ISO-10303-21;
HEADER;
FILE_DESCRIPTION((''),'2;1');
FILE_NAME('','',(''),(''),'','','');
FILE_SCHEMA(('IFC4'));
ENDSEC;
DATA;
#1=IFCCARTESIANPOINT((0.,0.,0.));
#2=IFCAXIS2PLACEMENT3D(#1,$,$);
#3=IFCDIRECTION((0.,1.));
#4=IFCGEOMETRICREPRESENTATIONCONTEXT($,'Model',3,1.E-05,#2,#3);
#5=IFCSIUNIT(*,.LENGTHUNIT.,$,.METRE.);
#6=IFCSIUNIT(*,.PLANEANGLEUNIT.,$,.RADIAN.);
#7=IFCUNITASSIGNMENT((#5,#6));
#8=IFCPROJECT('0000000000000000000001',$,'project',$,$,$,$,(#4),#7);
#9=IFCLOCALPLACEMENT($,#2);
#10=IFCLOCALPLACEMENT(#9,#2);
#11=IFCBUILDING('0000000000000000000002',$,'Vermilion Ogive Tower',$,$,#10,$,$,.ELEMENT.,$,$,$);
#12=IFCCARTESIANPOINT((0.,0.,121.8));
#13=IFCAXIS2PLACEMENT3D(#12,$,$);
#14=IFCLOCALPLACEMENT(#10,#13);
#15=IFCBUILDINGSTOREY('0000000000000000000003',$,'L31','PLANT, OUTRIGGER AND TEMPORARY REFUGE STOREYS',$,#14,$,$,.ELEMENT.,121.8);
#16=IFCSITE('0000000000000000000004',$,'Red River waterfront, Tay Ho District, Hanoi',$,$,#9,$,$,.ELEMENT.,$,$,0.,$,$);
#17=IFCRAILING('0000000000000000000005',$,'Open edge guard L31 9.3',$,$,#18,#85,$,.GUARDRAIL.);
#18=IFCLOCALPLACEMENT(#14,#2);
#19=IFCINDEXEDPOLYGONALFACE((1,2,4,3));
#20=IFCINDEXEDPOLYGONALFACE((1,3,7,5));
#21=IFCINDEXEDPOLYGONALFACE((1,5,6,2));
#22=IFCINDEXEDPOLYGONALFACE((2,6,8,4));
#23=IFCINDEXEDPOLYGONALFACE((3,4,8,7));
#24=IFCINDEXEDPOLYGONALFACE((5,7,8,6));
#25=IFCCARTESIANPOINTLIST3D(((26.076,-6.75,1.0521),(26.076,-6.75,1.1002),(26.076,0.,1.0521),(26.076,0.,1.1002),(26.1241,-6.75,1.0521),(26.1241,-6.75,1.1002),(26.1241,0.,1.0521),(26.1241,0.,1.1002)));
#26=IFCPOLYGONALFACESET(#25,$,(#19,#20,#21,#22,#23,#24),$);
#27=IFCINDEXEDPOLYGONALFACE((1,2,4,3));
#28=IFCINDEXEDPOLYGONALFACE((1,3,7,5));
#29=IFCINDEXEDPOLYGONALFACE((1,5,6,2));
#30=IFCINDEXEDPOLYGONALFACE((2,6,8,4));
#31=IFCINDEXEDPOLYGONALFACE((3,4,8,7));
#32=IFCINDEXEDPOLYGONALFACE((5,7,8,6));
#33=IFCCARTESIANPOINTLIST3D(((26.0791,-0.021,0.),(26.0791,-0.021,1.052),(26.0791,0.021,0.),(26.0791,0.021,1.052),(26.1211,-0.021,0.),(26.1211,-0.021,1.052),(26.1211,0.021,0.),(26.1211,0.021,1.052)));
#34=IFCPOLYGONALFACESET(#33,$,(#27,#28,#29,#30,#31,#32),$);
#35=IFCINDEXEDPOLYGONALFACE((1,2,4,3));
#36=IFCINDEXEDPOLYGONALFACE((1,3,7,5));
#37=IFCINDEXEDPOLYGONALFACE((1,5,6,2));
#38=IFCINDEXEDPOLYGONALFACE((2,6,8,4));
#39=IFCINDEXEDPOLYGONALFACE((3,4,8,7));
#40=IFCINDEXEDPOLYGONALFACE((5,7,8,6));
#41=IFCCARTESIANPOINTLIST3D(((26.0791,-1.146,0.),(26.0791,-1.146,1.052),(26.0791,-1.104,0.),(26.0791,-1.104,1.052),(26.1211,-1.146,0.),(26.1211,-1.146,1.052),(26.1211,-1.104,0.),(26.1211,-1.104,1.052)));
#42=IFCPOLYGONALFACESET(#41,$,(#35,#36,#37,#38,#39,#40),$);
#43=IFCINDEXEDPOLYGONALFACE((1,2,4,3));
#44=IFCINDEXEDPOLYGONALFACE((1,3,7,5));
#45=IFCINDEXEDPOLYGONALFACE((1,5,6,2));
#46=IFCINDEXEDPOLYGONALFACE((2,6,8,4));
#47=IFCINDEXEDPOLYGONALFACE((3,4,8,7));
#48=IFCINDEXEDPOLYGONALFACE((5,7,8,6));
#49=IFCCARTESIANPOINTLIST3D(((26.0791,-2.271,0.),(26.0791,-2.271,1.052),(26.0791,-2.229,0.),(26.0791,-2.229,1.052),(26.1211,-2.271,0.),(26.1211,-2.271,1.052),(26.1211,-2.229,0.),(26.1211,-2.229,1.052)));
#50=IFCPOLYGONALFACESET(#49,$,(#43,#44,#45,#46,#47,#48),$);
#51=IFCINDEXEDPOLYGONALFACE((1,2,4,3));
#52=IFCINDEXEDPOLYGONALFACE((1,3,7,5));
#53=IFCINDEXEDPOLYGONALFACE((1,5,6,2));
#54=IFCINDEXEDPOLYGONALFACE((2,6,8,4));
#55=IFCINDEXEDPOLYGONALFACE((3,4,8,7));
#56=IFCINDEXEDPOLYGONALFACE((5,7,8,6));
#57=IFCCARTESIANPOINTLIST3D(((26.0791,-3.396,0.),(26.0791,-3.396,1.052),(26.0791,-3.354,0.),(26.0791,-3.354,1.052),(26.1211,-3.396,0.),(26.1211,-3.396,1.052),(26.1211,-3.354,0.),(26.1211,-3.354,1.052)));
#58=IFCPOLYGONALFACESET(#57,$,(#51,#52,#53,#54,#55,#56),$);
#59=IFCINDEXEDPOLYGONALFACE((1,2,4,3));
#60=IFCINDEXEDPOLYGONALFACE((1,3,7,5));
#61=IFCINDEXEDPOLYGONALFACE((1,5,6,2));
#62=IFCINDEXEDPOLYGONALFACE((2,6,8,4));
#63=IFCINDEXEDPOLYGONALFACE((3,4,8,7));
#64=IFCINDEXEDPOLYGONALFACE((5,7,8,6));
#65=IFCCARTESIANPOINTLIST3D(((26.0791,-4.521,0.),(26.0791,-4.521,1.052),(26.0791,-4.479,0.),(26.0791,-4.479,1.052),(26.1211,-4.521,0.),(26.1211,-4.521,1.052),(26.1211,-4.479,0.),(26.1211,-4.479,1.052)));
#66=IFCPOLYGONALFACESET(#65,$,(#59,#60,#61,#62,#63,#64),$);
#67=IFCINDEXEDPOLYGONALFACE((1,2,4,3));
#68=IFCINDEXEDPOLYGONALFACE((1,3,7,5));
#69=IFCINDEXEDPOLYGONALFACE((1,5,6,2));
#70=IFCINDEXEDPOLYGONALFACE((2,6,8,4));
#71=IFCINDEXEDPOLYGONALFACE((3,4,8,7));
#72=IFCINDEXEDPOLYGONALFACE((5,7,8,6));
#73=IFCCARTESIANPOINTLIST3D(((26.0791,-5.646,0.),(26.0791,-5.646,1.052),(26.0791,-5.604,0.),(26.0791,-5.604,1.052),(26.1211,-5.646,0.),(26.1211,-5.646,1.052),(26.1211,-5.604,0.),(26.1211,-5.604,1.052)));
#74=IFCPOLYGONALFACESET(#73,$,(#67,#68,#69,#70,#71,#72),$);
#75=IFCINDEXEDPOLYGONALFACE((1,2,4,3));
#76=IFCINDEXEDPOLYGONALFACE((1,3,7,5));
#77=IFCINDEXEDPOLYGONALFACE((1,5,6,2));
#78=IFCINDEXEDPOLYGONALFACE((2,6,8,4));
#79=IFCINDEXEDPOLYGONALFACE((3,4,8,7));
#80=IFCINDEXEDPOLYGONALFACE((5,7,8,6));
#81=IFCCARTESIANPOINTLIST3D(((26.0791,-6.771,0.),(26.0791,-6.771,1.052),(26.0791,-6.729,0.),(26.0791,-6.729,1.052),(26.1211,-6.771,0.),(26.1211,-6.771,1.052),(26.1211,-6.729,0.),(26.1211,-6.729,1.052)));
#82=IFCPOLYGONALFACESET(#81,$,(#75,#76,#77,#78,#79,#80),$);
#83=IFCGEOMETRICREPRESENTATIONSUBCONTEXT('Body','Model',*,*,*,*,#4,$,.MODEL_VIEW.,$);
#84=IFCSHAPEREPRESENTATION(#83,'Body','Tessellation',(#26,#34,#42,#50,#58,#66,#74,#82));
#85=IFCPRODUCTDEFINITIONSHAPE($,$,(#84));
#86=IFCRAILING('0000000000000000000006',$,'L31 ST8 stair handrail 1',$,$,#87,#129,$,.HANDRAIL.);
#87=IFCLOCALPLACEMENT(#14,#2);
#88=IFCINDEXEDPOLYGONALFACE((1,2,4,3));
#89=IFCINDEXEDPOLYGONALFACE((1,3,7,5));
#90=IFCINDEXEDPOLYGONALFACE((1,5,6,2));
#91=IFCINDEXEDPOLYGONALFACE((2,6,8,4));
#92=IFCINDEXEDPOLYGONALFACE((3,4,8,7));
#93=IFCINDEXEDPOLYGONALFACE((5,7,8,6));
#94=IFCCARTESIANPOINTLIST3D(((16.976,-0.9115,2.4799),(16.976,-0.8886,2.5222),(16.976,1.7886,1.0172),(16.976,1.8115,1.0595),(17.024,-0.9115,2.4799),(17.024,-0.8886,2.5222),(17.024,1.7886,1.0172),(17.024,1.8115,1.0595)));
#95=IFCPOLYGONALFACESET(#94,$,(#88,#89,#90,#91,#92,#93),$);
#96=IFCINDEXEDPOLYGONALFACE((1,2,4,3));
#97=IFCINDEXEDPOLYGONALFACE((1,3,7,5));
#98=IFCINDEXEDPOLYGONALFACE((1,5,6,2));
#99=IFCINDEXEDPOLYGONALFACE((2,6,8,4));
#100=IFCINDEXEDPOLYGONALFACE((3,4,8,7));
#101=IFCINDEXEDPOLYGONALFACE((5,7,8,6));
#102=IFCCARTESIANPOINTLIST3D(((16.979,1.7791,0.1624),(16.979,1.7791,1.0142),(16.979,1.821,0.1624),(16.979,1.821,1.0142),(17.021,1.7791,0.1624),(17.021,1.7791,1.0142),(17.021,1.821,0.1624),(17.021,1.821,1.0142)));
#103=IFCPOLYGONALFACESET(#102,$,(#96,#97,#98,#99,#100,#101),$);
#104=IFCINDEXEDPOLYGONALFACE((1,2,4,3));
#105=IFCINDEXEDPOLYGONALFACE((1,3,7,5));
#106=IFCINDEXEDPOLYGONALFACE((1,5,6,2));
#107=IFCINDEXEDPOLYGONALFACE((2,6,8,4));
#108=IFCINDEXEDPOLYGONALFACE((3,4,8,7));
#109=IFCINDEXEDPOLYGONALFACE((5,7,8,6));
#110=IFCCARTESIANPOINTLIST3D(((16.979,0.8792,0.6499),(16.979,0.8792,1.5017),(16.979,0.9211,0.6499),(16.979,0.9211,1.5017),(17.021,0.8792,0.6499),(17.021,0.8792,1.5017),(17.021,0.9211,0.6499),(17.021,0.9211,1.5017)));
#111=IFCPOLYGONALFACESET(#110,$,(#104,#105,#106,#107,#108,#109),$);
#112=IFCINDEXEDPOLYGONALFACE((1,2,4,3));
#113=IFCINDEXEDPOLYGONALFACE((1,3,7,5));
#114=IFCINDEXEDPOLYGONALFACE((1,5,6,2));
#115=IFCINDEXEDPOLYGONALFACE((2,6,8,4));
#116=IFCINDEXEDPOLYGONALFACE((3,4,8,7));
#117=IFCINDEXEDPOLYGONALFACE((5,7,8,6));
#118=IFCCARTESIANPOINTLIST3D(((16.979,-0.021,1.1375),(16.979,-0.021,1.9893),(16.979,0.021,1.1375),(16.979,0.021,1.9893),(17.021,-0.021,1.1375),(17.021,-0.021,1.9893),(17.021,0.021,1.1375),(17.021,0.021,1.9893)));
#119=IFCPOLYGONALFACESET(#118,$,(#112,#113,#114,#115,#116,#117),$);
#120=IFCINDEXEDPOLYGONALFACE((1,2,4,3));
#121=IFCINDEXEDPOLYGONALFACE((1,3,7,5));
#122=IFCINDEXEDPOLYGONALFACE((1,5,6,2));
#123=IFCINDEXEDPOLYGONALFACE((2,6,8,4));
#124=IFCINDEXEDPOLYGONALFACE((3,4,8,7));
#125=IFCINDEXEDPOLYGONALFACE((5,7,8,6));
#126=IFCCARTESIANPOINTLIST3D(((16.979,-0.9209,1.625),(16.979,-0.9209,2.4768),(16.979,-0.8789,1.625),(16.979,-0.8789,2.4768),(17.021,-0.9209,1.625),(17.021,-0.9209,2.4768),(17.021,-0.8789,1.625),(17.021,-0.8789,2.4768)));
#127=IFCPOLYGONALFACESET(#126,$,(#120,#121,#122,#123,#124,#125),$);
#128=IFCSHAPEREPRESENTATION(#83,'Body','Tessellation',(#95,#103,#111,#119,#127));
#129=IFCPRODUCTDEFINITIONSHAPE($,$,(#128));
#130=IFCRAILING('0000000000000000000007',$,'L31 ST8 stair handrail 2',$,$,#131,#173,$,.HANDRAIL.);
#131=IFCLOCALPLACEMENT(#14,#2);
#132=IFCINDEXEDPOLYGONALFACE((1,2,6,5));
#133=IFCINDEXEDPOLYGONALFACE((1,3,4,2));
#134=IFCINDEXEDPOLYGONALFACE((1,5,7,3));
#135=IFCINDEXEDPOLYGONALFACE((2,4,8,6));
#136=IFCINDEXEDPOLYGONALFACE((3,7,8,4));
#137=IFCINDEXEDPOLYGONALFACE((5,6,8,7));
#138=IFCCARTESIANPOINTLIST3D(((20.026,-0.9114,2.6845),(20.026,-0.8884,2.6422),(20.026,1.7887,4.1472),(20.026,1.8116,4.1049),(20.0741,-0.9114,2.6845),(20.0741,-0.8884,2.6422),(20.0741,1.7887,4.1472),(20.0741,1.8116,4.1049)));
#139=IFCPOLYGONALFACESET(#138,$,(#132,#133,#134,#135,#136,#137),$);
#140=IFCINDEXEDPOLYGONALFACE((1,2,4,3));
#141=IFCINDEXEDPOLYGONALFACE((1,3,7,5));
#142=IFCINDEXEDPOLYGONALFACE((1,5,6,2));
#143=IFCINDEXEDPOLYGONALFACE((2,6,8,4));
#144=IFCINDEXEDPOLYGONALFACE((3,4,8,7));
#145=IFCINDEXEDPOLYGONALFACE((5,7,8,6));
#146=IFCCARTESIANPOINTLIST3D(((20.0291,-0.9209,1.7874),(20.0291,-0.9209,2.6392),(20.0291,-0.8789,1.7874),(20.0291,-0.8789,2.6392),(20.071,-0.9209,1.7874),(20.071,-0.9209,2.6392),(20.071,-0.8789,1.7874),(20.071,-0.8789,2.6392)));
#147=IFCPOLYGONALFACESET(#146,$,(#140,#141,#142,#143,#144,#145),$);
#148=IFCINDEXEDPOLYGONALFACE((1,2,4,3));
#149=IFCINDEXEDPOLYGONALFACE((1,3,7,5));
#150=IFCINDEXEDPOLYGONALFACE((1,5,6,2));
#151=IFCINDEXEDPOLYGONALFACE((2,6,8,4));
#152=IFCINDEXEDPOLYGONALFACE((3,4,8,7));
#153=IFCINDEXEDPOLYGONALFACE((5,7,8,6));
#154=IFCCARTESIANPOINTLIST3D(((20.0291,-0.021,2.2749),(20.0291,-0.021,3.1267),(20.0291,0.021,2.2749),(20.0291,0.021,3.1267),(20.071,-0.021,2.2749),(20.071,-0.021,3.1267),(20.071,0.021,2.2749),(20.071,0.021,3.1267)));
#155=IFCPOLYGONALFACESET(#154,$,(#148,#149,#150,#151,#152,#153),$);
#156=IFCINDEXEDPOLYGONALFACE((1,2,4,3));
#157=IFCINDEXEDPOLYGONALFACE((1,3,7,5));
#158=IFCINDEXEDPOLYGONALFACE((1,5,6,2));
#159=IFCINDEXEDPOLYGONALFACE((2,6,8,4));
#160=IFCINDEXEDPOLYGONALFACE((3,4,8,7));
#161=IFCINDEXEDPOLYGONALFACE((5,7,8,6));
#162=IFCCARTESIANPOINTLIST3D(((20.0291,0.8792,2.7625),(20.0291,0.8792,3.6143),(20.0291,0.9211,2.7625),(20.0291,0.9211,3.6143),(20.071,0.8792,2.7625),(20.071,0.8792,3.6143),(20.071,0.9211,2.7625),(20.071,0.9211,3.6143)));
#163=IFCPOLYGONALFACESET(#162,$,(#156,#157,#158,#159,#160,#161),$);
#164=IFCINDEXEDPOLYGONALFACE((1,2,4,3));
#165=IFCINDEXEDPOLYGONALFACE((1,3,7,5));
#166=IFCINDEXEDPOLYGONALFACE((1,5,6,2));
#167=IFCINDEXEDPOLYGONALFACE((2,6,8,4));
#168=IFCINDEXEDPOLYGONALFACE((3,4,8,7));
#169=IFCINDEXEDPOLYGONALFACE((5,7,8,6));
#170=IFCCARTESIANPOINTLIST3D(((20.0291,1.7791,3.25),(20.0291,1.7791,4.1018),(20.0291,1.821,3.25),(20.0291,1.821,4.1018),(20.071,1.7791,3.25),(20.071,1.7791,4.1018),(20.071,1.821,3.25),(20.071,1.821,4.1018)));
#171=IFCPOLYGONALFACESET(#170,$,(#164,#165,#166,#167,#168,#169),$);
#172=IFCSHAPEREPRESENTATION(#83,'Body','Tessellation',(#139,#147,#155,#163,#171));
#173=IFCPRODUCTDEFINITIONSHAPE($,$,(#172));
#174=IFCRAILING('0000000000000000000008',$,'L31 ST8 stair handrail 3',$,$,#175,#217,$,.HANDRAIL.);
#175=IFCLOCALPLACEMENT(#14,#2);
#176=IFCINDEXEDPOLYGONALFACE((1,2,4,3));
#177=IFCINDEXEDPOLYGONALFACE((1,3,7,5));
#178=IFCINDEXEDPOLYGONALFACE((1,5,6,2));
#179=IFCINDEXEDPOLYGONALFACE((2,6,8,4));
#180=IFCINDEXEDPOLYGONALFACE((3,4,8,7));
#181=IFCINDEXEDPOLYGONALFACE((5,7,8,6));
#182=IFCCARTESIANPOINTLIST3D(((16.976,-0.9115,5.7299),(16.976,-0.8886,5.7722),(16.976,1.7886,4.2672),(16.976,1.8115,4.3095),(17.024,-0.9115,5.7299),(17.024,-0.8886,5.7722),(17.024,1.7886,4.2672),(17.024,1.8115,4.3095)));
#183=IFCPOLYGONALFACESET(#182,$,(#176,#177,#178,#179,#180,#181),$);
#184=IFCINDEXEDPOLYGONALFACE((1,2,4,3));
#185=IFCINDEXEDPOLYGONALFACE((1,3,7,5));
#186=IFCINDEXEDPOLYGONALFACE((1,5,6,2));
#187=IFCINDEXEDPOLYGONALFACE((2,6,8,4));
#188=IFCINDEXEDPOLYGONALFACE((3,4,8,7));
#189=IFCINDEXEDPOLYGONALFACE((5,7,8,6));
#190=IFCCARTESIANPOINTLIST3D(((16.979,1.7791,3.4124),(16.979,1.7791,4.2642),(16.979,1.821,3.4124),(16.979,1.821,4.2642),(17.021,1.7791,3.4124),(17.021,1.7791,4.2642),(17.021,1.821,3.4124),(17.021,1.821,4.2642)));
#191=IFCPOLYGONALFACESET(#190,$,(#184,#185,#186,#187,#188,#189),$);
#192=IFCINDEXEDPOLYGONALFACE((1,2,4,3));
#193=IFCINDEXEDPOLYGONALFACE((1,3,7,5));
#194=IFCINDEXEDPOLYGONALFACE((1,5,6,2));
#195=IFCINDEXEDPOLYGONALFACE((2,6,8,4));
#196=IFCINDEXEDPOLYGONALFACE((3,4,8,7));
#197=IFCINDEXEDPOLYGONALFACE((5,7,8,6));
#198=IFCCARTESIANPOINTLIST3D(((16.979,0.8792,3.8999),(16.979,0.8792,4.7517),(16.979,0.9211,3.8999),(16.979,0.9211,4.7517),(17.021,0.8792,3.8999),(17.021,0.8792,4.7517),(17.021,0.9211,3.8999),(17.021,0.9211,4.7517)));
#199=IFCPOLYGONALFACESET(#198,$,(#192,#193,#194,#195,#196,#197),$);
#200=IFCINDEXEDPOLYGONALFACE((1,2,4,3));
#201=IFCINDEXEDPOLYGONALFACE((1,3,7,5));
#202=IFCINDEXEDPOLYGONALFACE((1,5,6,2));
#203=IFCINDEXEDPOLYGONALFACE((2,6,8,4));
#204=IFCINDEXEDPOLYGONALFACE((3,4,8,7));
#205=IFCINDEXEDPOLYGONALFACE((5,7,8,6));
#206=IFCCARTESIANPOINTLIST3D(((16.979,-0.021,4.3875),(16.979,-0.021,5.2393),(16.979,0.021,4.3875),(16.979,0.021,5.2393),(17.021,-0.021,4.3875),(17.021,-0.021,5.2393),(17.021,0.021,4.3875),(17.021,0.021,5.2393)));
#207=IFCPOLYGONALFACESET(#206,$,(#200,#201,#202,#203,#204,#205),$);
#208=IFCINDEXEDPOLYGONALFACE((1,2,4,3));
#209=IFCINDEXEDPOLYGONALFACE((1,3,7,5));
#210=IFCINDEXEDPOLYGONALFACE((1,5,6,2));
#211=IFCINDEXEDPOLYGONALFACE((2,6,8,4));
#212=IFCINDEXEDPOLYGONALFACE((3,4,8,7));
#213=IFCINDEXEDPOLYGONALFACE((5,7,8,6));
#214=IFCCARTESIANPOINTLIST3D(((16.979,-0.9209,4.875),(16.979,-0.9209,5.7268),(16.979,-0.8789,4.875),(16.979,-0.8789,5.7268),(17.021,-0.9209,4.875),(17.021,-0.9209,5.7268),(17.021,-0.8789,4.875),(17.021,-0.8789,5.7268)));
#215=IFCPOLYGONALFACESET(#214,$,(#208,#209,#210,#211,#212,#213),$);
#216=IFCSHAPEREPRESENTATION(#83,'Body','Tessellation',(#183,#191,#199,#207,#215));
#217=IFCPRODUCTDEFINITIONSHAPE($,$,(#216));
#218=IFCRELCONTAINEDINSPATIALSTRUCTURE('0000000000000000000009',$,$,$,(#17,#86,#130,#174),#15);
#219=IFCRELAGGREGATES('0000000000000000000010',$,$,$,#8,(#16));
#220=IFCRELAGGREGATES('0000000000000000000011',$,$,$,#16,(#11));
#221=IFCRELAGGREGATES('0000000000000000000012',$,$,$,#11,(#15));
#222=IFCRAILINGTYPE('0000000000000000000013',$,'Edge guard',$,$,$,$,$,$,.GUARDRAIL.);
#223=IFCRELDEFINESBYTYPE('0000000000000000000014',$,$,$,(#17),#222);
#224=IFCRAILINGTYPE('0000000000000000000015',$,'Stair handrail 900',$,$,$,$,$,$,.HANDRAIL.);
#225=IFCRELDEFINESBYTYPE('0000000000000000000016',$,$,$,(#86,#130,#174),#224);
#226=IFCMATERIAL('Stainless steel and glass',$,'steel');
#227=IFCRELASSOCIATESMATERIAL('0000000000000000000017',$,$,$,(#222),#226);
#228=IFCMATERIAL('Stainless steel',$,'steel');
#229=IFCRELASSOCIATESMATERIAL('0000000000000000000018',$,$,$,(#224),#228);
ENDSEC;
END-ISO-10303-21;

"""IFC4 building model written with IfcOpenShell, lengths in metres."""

from ifc_helpers import new_model, si_unit, direction, frame, origin, origin_2d, place, context, subcontext, project, spatial, rectangle, extrude, material, type_object, element, save


model = new_model("IFC4")

# Units and contexts
model_context = context("Model", 3, precision=1e-05, world=origin(), true_north=direction((0.0, 1.0)))
body_context = subcontext(model_context, "Body", "Model", "MODEL_VIEW")
ifc_project = project(units=[si_unit("LENGTHUNIT", "METRE"), si_unit("PLANEANGLEUNIT", "RADIAN")], contexts=[model_context])

# Site, building, storey
site_placement = place(None, origin())
site = spatial("IfcSite", under=ifc_project, at=site_placement, Name="Red River waterfront, Tay Ho District, Hanoi", CompositionType="ELEMENT", RefElevation=0.0)
building_placement = place(site_placement, origin())
building = spatial("IfcBuilding", under=site, at=building_placement, Name="Vermilion Ogive Tower", CompositionType="ELEMENT")
storey_placement = place(building_placement, frame((0.0, 0.0, 121.8)))
storey = spatial("IfcBuildingStorey", under=building, at=storey_placement, Name="L31", Description="PLANT, OUTRIGGER AND TEMPORARY REFUGE STOREYS", CompositionType="ELEMENT", Elevation=121.8)

# Railings
ifc_material_1 = material(Name="Stainless steel and glass", Category="steel")
railing_type_1 = type_object("IfcRailingType", Name="Edge guard", PredefinedType="GUARDRAIL", material=ifc_material_1)
railing_1_placement = place(storey_placement, frame((26.1001, 0.0, 0.0)))
element("IfcRailing", 1, at=railing_1_placement, inside=storey, type_object=railing_type_1, Name="Open edge guard L31 9.3", PredefinedType="GUARDRAIL", context=body_context, shape_type="SweptSolid", body=[
    extrude(rectangle(XDim=0.0481, YDim=0.0481, at=origin_2d()), frame((0.0, 0.0, 1.0762), z_axis=(0.0, -1.0, 0.0), x_axis=(1.0, 0.0, 0.0)), (0.0, 0.0, 1.0), 6.75),
    extrude(rectangle(XDim=0.042, YDim=0.042, at=origin_2d()), origin(), (0.0, 0.0, 1.0), 1.052),
    extrude(rectangle(XDim=0.042, YDim=0.042, at=origin_2d()), frame((0.0, -1.125, 0.0)), (0.0, 0.0, 1.0), 1.052),
    extrude(rectangle(XDim=0.042, YDim=0.042, at=origin_2d()), frame((0.0, -2.25, 0.0)), (0.0, 0.0, 1.0), 1.052),
    extrude(rectangle(XDim=0.042, YDim=0.042, at=origin_2d()), frame((0.0, -3.375, 0.0)), (0.0, 0.0, 1.0), 1.052),
    extrude(rectangle(XDim=0.042, YDim=0.042, at=origin_2d()), frame((0.0, -4.5, 0.0)), (0.0, 0.0, 1.0), 1.052),
    extrude(rectangle(XDim=0.042, YDim=0.042, at=origin_2d()), frame((0.0, -5.625, 0.0)), (0.0, 0.0, 1.0), 1.052),
    extrude(rectangle(XDim=0.042, YDim=0.042, at=origin_2d()), frame((0.0, -6.75, 0.0)), (0.0, 0.0, 1.0), 1.052),
])
ifc_material_2 = material(Name="Stainless steel", Category="steel")
railing_type_2 = type_object("IfcRailingType", Name="Stair handrail 900", PredefinedType="HANDRAIL", material=ifc_material_2)
railing_2_placement = place(storey_placement, frame((17.0, 1.8, 0.1624)))
element("IfcRailing", 2, at=railing_2_placement, inside=storey, type_object=railing_type_2, Name="L31 ST8 stair handrail 1", PredefinedType="HANDRAIL", context=body_context, shape_type="SweptSolid", body=[
    extrude(rectangle(XDim=0.0481, YDim=0.0481, at=origin_2d()), frame((0.0, 0.0, 0.876), z_axis=(0.0, -0.879268, 0.476327), x_axis=(1.0, 0.0, 0.0)), (0.0, 0.0, 1.0), 3.0708),
    extrude(rectangle(XDim=0.042, YDim=0.042, at=origin_2d()), origin(), (0.0, 0.0, 1.0), 0.8518),
    extrude(rectangle(XDim=0.042, YDim=0.042, at=origin_2d()), frame((0.0, -0.8999, 0.4875)), (0.0, 0.0, 1.0), 0.8518),
    extrude(rectangle(XDim=0.042, YDim=0.042, at=origin_2d()), frame((0.0, -1.8, 0.9751)), (0.0, 0.0, 1.0), 0.8518),
    extrude(rectangle(XDim=0.042, YDim=0.042, at=origin_2d()), frame((0.0, -2.7, 1.4626)), (0.0, 0.0, 1.0), 0.8518),
])
railing_3_placement = place(storey_placement, frame((20.05, -0.8999, 1.7874)))
element("IfcRailing", 3, at=railing_3_placement, inside=storey, type_object=railing_type_2, Name="L31 ST8 stair handrail 2", PredefinedType="HANDRAIL", context=body_context, shape_type="SweptSolid", body=[
    extrude(rectangle(XDim=0.0481, YDim=0.0481, at=origin_2d()), frame((0.0, 0.0, 0.876), z_axis=(0.0, 0.879268, 0.476327), x_axis=(-1.0, 0.0, 0.0)), (0.0, 0.0, 1.0), 3.0708),
    extrude(rectangle(XDim=0.042, YDim=0.042, at=origin_2d()), origin(), (0.0, 0.0, 1.0), 0.8518),
    extrude(rectangle(XDim=0.042, YDim=0.042, at=origin_2d()), frame((0.0, 0.8999, 0.4875)), (0.0, 0.0, 1.0), 0.8518),
    extrude(rectangle(XDim=0.042, YDim=0.042, at=origin_2d()), frame((0.0, 1.8, 0.9751)), (0.0, 0.0, 1.0), 0.8518),
    extrude(rectangle(XDim=0.042, YDim=0.042, at=origin_2d()), frame((0.0, 2.7, 1.4626)), (0.0, 0.0, 1.0), 0.8518),
])
railing_4_placement = place(storey_placement, frame((17.0, 1.8, 3.4124)))
element("IfcRailing", 4, at=railing_4_placement, inside=storey, type_object=railing_type_2, Name="L31 ST8 stair handrail 3", PredefinedType="HANDRAIL", context=body_context, shape_type="SweptSolid", body=[
    extrude(rectangle(XDim=0.0481, YDim=0.0481, at=origin_2d()), frame((0.0, 0.0, 0.876), z_axis=(0.0, -0.879268, 0.476327), x_axis=(1.0, 0.0, 0.0)), (0.0, 0.0, 1.0), 3.0708),
    extrude(rectangle(XDim=0.042, YDim=0.042, at=origin_2d()), origin(), (0.0, 0.0, 1.0), 0.8518),
    extrude(rectangle(XDim=0.042, YDim=0.042, at=origin_2d()), frame((0.0, -0.8999, 0.4875)), (0.0, 0.0, 1.0), 0.8518),
    extrude(rectangle(XDim=0.042, YDim=0.042, at=origin_2d()), frame((0.0, -1.8, 0.9751)), (0.0, 0.0, 1.0), 0.8518),
    extrude(rectangle(XDim=0.042, YDim=0.042, at=origin_2d()), frame((0.0, -2.7, 1.4626)), (0.0, 0.0, 1.0), 0.8518),
])

save(model, "model.ifc")
